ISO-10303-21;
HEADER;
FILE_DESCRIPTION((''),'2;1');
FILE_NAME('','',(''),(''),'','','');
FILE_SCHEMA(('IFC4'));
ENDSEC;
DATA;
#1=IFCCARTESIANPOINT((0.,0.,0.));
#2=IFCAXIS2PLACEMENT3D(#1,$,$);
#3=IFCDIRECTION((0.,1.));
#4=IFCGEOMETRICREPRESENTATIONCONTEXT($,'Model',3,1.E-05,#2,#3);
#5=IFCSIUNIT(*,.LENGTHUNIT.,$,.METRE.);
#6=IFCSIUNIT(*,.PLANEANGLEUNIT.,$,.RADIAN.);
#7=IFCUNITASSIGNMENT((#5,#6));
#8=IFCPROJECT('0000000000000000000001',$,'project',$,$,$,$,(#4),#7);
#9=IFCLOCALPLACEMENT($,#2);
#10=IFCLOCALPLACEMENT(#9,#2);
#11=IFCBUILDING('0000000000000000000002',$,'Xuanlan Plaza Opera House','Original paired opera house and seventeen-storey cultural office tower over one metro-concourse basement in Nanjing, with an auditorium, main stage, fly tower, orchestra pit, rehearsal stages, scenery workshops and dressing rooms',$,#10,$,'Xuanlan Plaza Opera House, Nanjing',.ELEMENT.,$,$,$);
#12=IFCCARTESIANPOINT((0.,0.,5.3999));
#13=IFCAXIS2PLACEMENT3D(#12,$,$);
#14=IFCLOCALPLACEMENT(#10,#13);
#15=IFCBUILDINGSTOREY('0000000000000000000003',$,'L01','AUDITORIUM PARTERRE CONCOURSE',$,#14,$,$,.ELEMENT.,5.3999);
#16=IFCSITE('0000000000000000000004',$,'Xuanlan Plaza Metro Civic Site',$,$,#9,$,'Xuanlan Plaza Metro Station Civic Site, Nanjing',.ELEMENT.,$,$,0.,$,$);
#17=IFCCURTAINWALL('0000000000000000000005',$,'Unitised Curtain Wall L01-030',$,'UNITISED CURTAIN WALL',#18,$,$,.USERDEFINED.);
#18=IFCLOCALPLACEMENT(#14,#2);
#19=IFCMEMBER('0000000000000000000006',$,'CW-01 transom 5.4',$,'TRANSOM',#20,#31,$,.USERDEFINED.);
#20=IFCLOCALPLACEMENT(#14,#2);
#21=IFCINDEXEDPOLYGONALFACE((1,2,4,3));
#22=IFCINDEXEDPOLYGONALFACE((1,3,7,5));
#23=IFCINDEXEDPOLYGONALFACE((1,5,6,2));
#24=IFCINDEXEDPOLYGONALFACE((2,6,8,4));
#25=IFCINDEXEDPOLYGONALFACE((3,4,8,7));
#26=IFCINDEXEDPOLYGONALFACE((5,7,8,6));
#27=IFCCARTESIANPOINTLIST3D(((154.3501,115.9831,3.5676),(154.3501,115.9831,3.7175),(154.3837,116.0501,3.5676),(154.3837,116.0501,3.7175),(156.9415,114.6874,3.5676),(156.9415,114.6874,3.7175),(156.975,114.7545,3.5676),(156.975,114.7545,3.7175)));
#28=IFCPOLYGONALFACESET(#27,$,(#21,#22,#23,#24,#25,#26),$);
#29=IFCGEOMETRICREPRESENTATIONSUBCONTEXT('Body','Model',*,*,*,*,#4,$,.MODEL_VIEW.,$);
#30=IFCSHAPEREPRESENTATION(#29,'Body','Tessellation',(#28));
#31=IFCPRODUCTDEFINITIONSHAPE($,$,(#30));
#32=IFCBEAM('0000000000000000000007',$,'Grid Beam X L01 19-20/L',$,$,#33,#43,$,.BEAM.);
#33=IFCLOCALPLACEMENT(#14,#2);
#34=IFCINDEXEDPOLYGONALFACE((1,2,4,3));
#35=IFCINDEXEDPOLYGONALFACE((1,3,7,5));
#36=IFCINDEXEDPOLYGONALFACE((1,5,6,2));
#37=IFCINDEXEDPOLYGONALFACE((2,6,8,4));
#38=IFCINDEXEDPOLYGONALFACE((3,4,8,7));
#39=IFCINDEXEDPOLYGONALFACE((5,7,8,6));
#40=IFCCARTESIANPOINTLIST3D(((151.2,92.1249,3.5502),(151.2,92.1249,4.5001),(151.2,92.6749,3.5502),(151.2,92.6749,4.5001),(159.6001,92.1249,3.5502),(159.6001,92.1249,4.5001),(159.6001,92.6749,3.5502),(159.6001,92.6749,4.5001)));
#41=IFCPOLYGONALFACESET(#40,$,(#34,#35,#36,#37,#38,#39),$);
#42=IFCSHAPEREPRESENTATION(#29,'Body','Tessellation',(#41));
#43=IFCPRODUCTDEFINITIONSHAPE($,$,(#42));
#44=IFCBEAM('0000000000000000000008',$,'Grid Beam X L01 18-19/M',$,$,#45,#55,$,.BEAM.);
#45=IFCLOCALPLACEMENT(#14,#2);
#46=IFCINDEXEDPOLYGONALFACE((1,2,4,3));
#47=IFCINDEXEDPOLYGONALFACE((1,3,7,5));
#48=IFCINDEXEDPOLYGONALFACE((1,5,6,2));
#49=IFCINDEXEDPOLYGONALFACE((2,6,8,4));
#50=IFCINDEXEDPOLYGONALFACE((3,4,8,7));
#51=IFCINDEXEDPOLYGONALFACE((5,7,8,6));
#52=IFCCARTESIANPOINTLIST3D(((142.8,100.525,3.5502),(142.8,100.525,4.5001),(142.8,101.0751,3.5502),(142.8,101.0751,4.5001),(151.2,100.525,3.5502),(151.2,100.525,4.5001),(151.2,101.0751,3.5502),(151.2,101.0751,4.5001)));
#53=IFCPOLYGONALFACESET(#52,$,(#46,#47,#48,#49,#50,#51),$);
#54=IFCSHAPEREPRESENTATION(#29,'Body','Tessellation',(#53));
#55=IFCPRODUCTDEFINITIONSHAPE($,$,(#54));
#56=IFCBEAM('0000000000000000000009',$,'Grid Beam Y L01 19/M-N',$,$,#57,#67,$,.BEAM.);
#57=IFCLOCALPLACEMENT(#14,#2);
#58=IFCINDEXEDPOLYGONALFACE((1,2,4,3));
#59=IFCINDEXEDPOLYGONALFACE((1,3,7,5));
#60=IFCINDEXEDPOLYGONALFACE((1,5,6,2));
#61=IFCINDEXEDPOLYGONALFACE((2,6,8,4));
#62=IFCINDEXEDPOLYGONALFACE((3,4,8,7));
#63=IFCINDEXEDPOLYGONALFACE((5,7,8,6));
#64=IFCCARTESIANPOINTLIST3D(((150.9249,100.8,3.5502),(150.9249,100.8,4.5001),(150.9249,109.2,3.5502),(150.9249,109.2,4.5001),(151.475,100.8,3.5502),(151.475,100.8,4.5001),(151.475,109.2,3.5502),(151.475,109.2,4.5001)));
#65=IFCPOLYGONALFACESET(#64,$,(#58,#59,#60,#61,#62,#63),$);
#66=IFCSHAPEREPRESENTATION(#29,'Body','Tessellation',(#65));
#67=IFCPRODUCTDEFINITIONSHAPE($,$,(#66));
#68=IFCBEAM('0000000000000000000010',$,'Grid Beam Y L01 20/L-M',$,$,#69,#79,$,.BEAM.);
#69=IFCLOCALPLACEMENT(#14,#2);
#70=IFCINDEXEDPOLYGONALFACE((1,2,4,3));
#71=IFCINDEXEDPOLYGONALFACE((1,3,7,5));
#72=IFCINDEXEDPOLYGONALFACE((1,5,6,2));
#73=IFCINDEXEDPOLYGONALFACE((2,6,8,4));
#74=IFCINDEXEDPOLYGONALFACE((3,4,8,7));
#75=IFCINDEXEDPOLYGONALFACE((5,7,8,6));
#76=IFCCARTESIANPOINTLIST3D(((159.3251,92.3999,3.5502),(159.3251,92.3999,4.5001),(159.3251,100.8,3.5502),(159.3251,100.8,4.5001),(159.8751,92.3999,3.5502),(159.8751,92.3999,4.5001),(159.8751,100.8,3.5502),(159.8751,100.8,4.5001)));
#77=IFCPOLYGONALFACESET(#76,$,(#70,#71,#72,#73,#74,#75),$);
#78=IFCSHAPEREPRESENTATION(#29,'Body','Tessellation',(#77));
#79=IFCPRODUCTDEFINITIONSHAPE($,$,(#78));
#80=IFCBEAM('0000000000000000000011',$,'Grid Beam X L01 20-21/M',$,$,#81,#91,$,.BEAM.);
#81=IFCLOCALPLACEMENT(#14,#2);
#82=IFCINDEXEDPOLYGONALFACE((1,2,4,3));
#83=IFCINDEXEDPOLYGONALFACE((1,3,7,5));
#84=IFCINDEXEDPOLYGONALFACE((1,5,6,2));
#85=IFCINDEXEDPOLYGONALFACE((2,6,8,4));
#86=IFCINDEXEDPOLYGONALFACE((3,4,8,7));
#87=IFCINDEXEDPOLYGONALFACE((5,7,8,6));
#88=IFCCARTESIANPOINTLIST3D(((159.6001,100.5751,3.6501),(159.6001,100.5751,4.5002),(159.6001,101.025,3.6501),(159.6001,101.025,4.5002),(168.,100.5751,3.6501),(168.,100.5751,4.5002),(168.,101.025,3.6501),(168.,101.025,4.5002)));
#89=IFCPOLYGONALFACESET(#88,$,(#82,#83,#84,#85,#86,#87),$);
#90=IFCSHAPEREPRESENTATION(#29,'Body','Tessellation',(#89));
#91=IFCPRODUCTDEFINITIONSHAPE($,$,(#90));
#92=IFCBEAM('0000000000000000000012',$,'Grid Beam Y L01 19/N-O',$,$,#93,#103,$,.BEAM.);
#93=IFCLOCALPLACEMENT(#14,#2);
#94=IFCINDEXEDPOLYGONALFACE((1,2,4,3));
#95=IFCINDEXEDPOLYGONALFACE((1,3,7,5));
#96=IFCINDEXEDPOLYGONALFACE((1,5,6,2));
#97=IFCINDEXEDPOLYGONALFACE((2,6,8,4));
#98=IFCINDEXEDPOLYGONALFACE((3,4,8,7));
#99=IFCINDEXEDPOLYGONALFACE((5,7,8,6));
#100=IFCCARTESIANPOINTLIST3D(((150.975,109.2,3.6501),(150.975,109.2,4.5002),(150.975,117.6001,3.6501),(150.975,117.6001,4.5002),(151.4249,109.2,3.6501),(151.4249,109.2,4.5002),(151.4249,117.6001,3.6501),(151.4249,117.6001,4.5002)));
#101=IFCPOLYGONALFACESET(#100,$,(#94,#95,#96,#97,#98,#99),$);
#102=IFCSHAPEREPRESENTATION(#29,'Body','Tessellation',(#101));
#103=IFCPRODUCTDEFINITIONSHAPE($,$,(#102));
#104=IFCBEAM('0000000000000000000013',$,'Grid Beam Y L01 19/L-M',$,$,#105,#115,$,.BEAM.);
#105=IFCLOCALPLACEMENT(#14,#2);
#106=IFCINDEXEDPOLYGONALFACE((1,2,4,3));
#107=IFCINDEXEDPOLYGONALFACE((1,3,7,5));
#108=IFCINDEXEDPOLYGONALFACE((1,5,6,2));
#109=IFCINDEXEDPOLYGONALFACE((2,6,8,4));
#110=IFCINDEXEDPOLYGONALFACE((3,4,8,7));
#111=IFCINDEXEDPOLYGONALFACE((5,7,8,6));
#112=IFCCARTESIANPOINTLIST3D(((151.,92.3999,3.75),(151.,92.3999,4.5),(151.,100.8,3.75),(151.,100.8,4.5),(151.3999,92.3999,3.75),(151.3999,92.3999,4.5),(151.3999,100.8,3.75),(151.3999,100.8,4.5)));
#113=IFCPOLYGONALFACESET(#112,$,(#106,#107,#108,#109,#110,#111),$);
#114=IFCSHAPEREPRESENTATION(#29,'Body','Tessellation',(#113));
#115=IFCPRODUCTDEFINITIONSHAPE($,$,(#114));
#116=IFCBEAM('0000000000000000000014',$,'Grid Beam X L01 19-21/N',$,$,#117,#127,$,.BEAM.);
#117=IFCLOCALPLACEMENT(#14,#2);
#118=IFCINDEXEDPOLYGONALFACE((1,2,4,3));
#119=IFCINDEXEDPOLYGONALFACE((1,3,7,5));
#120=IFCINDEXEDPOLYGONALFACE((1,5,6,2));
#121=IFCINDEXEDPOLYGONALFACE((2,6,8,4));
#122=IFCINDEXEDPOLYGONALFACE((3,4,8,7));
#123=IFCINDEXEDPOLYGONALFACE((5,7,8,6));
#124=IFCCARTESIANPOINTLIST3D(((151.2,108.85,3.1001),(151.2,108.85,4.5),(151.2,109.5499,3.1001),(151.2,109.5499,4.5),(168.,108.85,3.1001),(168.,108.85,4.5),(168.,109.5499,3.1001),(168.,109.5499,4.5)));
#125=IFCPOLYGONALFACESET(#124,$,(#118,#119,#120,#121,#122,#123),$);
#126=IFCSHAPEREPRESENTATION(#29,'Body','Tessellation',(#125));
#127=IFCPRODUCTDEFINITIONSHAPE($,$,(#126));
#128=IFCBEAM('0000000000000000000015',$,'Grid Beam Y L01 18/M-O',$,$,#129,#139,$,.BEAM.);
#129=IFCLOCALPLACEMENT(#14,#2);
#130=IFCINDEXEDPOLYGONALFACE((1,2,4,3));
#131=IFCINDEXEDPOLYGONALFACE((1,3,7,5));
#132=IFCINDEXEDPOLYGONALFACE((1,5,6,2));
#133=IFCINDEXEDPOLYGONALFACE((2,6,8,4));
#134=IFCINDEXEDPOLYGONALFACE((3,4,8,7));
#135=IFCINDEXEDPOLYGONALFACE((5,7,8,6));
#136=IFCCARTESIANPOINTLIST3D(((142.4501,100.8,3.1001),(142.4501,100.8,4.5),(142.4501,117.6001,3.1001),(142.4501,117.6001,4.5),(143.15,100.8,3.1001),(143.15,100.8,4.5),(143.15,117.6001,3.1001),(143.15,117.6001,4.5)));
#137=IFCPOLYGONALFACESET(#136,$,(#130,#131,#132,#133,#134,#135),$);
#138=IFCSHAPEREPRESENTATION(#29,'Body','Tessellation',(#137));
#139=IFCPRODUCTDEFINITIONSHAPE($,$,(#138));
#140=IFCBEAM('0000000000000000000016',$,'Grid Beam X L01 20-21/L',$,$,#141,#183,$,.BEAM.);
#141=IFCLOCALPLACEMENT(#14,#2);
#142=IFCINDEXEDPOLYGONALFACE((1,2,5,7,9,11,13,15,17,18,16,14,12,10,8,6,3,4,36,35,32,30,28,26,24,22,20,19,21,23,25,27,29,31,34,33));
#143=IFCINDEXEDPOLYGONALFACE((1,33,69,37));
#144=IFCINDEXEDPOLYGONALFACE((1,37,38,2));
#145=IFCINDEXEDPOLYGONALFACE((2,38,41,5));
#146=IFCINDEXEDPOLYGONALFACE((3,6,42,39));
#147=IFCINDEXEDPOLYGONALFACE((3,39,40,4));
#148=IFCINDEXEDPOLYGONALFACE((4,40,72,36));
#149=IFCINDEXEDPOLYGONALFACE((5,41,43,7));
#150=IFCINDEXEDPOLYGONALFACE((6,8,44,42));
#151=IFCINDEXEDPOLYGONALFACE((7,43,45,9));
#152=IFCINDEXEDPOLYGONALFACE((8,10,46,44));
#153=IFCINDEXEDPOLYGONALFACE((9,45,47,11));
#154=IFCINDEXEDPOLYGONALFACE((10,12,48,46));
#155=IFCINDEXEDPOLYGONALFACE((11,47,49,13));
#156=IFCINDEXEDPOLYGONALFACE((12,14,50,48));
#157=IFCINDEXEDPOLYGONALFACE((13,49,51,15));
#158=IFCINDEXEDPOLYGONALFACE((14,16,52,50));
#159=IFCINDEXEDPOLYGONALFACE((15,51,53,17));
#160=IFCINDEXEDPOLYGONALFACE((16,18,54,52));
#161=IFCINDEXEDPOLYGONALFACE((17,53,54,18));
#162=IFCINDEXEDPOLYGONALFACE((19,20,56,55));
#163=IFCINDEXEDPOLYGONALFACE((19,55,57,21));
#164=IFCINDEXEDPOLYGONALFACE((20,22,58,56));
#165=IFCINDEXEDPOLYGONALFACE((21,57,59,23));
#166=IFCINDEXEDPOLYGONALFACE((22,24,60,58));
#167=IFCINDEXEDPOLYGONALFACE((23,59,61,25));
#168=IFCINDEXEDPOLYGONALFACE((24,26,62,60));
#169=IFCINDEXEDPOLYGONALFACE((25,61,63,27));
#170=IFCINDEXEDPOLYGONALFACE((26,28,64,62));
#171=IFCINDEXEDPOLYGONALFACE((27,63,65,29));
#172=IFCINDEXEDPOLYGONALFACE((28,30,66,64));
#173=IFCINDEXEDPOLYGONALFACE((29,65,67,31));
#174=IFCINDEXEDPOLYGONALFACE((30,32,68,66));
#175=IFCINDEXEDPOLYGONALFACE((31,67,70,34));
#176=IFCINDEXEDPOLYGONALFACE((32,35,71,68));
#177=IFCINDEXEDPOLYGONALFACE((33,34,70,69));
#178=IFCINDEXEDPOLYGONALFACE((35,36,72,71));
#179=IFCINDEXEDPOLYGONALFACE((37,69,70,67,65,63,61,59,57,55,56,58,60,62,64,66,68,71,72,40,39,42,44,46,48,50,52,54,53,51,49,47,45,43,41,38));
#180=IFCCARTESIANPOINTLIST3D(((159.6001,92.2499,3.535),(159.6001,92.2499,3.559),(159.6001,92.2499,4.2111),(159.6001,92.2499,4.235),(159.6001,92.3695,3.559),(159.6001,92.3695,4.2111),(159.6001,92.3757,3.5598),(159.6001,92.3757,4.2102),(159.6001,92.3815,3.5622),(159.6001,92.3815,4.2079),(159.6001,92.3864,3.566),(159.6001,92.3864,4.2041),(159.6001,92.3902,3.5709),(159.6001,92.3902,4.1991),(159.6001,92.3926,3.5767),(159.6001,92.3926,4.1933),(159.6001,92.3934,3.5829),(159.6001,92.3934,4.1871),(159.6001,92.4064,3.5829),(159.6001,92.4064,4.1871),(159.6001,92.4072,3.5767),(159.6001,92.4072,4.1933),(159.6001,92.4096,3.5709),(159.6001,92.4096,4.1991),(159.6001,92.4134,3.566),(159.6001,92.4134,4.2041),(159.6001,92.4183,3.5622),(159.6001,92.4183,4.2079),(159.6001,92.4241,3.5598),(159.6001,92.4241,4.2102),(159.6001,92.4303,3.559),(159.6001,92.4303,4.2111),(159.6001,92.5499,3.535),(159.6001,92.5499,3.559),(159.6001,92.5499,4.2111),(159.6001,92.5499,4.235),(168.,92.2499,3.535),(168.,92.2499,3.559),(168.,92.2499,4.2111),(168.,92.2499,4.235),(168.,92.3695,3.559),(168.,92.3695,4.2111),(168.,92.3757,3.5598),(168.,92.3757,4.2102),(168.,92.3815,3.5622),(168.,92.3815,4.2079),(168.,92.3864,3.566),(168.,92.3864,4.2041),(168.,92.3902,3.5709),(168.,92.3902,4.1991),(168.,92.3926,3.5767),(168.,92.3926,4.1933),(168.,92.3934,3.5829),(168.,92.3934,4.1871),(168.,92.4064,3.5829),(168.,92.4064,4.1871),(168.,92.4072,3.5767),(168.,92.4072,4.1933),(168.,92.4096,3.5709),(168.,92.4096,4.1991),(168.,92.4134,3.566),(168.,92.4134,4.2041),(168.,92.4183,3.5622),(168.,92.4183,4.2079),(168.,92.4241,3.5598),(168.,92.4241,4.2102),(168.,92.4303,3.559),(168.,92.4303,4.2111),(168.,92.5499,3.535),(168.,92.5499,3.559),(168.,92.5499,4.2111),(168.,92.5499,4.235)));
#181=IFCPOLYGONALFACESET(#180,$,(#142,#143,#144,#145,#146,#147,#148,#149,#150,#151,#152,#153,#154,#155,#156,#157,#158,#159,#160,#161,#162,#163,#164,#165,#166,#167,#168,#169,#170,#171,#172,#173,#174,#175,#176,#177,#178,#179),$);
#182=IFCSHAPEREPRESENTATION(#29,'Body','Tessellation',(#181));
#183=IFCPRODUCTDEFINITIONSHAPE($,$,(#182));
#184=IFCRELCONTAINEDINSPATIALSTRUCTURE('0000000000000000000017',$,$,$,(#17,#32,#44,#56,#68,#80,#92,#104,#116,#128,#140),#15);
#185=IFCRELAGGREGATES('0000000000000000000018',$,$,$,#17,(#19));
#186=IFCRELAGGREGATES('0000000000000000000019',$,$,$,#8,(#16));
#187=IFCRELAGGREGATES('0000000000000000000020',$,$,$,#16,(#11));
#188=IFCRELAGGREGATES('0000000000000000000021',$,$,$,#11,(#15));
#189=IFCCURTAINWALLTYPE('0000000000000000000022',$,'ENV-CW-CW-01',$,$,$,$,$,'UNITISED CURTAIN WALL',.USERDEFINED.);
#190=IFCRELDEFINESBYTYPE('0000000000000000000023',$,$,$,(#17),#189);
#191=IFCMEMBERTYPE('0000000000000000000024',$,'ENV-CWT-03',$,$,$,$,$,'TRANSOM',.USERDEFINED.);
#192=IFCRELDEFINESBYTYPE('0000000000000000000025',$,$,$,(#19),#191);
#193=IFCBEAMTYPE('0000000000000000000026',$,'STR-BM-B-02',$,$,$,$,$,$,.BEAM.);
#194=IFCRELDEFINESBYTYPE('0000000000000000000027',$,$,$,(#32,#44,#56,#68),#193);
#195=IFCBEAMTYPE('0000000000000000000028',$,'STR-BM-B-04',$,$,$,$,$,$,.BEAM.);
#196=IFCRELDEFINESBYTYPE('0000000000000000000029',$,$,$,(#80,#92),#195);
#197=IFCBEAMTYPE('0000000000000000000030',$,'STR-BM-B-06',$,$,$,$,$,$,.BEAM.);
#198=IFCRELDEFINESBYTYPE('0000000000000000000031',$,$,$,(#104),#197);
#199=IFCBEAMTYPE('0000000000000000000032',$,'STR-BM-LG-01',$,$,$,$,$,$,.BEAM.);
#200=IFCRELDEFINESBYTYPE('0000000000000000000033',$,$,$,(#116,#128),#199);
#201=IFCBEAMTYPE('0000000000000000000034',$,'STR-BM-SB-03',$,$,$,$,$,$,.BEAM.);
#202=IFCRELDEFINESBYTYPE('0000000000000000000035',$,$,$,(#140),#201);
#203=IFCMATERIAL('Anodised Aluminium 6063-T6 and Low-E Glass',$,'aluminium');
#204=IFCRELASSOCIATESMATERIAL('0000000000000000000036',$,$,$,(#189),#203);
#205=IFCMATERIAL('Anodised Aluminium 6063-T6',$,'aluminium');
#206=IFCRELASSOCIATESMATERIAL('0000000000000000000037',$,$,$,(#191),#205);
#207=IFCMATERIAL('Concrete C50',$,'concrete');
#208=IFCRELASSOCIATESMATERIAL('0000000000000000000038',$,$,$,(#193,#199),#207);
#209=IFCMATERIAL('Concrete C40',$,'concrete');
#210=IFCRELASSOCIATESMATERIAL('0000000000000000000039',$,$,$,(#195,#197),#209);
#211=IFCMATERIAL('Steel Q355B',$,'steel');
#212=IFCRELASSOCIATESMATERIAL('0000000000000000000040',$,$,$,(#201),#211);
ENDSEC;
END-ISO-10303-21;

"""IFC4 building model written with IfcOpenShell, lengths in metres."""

from ifc_helpers import new_model, si_unit, direction, frame, origin, origin_2d, place, context, subcontext, project, spatial, rectangle, i_section, extrude, material, material_profile, profile_set, type_object, element, aggregate, save


model = new_model("IFC4")

# Units and contexts
model_context = context("Model", 3, precision=1e-05, world=origin(), true_north=direction((0.0, 1.0)))
body_context = subcontext(model_context, "Body", "Model", "MODEL_VIEW")
ifc_project = project(units=[si_unit("LENGTHUNIT", "METRE"), si_unit("PLANEANGLEUNIT", "RADIAN")], contexts=[model_context])

# Site, building, storey
site_placement = place(None, origin())
site = spatial("IfcSite", under=ifc_project, at=site_placement, Name="Xuanlan Plaza Metro Civic Site", LongName="Xuanlan Plaza Metro Station Civic Site, Nanjing", CompositionType="ELEMENT", RefElevation=0.0)
building_placement = place(site_placement, origin())
building = spatial("IfcBuilding", under=site, at=building_placement, Name="Xuanlan Plaza Opera House", Description="Original paired opera house and seventeen-storey cultural office tower over one metro-concourse basement in Nanjing, with an auditorium, main stage, fly tower, orchestra pit, rehearsal stages, scenery workshops and dressing rooms", LongName="Xuanlan Plaza Opera House, Nanjing", CompositionType="ELEMENT")
storey_placement = place(building_placement, frame((0.0, 0.0, 5.3999)))
storey = spatial("IfcBuildingStorey", under=building, at=storey_placement, Name="L01", Description="AUDITORIUM PARTERRE CONCOURSE", CompositionType="ELEMENT", Elevation=5.3999)

# Shared definitions
ifc_material_1 = material(Name="Concrete C40", Category="concrete")

# Curtain wall, member
ifc_material_2 = material(Name="Anodised Aluminium 6063-T6 and Low-E Glass", Category="aluminium")
curtain_wall_type = type_object("IfcCurtainWallType", Name="ENV-CW-CW-01", ElementType="UNITISED CURTAIN WALL", PredefinedType="USERDEFINED", material=ifc_material_2)
curtain_wall_placement = place(storey_placement, origin())
curtain_wall = element("IfcCurtainWall", 1, at=curtain_wall_placement, inside=storey, type_object=curtain_wall_type, Name="Unitised Curtain Wall L01-030", ObjectType="UNITISED CURTAIN WALL", PredefinedType="USERDEFINED")
ifc_material_3 = material(Name="Anodised Aluminium 6063-T6", Category="aluminium")
ifc_material_profile_1 = material_profile(ifc_material_3, rectangle(XDim=0.075, YDim=0.1499, at=origin_2d()), Name="ALU-T 75x150")
ifc_profile_set_1 = profile_set([ifc_material_profile_1], Name="Anodised Aluminium 6063-T6")
member_type_1 = type_object("IfcMemberType", Name="ENV-CWT-03", ElementType="TRANSOM", PredefinedType="USERDEFINED", material=ifc_profile_set_1)
member_1_placement = place(storey_placement, frame((156.9583, 114.7209, 3.6426), z_axis=(-0.894427, 0.447214, 0.0), x_axis=(-0.447214, -0.894427, 0.0)))
member_1 = element("IfcMember", 2, at=member_1_placement, type_object=member_type_1, Name="CW-01 transom 5.4", ObjectType="TRANSOM", PredefinedType="USERDEFINED", context=body_context, shape_type="SweptSolid", body=[
    extrude(rectangle(XDim=0.075, YDim=0.1499, at=origin_2d()), origin(), (0.0, 0.0, 1.0), 2.8972),
])

# Beams
ifc_material_4 = material(Name="Concrete C50", Category="concrete")
ifc_material_profile_2 = material_profile(ifc_material_4, rectangle(XDim=0.55, YDim=0.95, at=origin_2d()), Name="RC-BM 550x950")
ifc_profile_set_2 = profile_set([ifc_material_profile_2], Name="Concrete C50")
beam_type_1 = type_object("IfcBeamType", Name="STR-BM-B-02", PredefinedType="BEAM", material=ifc_profile_set_2)
beam_1_placement = place(storey_placement, frame((151.2, 92.3999, 4.0251), z_axis=(1.0, 0.0, 0.0), x_axis=(0.0, 1.0, 0.0)))
element("IfcBeam", 3, at=beam_1_placement, inside=storey, type_object=beam_type_1, Name="Grid Beam X L01 19-20/L", PredefinedType="BEAM", context=body_context, shape_type="SweptSolid", body=[
    extrude(rectangle(XDim=0.55, YDim=0.95, at=origin_2d()), origin(), (0.0, 0.0, 1.0), 8.4001),
])
for number, where, z_axis, x_axis, name in (
    (4, (142.8, 100.8, 4.0251), (1.0, 0.0, 0.0), (0.0, 1.0, 0.0), "Grid Beam X L01 18-19/M"),
    (5, (151.2, 100.8, 4.0251), (0.0, 1.0, 0.0), (-1.0, 0.0, 0.0), "Grid Beam Y L01 19/M-N"),
):
    element("IfcBeam", number, at=place(storey_placement, frame(where, z_axis=z_axis, x_axis=x_axis)), inside=storey, type_object=beam_type_1, Name=name, PredefinedType="BEAM", context=body_context, shape_type="SweptSolid", body=[
        extrude(rectangle(XDim=0.55, YDim=0.95, at=origin_2d()), origin(), (0.0, 0.0, 1.0), 8.3999),
    ])
beam_2_placement = place(storey_placement, frame((159.6001, 92.3999, 4.0251), z_axis=(0.0, 1.0, 0.0), x_axis=(-1.0, 0.0, 0.0)))
element("IfcBeam", 6, at=beam_2_placement, inside=storey, type_object=beam_type_1, Name="Grid Beam Y L01 20/L-M", PredefinedType="BEAM", context=body_context, shape_type="SweptSolid", body=[
    extrude(rectangle(XDim=0.55, YDim=0.95, at=origin_2d()), origin(), (0.0, 0.0, 1.0), 8.4001),
])
ifc_material_profile_3 = material_profile(ifc_material_1, rectangle(XDim=0.45, YDim=0.8501, at=origin_2d()), Name="RC-BM 450x850")
ifc_profile_set_3 = profile_set([ifc_material_profile_3], Name="Concrete C40")
beam_type_2 = type_object("IfcBeamType", Name="STR-BM-B-04", PredefinedType="BEAM", material=ifc_profile_set_3)
beam_3_placement = place(storey_placement, frame((159.6001, 100.8, 4.0752), z_axis=(1.0, 0.0, 0.0), x_axis=(0.0, 1.0, 0.0)))
element("IfcBeam", 7, at=beam_3_placement, inside=storey, type_object=beam_type_2, Name="Grid Beam X L01 20-21/M", PredefinedType="BEAM", context=body_context, shape_type="SweptSolid", body=[
    extrude(rectangle(XDim=0.45, YDim=0.8501, at=origin_2d()), origin(), (0.0, 0.0, 1.0), 8.3999),
])
beam_4_placement = place(storey_placement, frame((151.2, 109.2, 4.0752), z_axis=(0.0, 1.0, 0.0), x_axis=(-1.0, 0.0, 0.0)))
element("IfcBeam", 8, at=beam_4_placement, inside=storey, type_object=beam_type_2, Name="Grid Beam Y L01 19/N-O", PredefinedType="BEAM", context=body_context, shape_type="SweptSolid", body=[
    extrude(rectangle(XDim=0.45, YDim=0.8501, at=origin_2d()), origin(), (0.0, 0.0, 1.0), 8.4001),
])
ifc_material_profile_4 = material_profile(ifc_material_1, rectangle(XDim=0.3999, YDim=0.75, at=origin_2d()), Name="RC-BM 400x750")
ifc_profile_set_4 = profile_set([ifc_material_profile_4], Name="Concrete C40")
beam_type_3 = type_object("IfcBeamType", Name="STR-BM-B-06", PredefinedType="BEAM", material=ifc_profile_set_4)
beam_5_placement = place(storey_placement, frame((151.2, 92.3999, 4.125), z_axis=(0.0, 1.0, 0.0), x_axis=(-1.0, 0.0, 0.0)))
element("IfcBeam", 9, at=beam_5_placement, inside=storey, type_object=beam_type_3, Name="Grid Beam Y L01 19/L-M", PredefinedType="BEAM", context=body_context, shape_type="SweptSolid", body=[
    extrude(rectangle(XDim=0.3999, YDim=0.75, at=origin_2d()), origin(), (0.0, 0.0, 1.0), 8.4001),
])
ifc_material_profile_5 = material_profile(ifc_material_4, rectangle(XDim=0.7, YDim=1.3999, at=origin_2d()), Name="RC-LG 700x1400")
ifc_profile_set_5 = profile_set([ifc_material_profile_5], Name="Concrete C50")
beam_type_4 = type_object("IfcBeamType", Name="STR-BM-LG-01", PredefinedType="BEAM", material=ifc_profile_set_5)
for number, where, z_axis, x_axis, name in (
    (10, (151.2, 109.2, 3.8), (1.0, 0.0, 0.0), (0.0, 1.0, 0.0), "Grid Beam X L01 19-21/N"),
    (11, (142.8, 100.8, 3.8), (0.0, 1.0, 0.0), (-1.0, 0.0, 0.0), "Grid Beam Y L01 18/M-O"),
):
    element("IfcBeam", number, at=place(storey_placement, frame(where, z_axis=z_axis, x_axis=x_axis)), inside=storey, type_object=beam_type_4, Name=name, PredefinedType="BEAM", context=body_context, shape_type="SweptSolid", body=[
        extrude(rectangle(XDim=0.7, YDim=1.3999, at=origin_2d()), origin(), (0.0, 0.0, 1.0), 16.8),
    ])
ifc_material_5 = material(Name="Steel Q355B", Category="steel")
ifc_material_profile_6 = material_profile(ifc_material_5, i_section(OverallWidth=0.3, OverallDepth=0.7, WebThickness=0.0129, FlangeThickness=0.0239, FilletRadius=0.0239, at=origin_2d()), Name="HN 700x300x13x24")
ifc_profile_set_6 = profile_set([ifc_material_profile_6], Name="Steel Q355B")
beam_type_5 = type_object("IfcBeamType", Name="STR-BM-SB-03", PredefinedType="BEAM", material=ifc_profile_set_6)
beam_6_placement = place(storey_placement, frame((159.6001, 92.3999, 3.885), z_axis=(1.0, 0.0, 0.0), x_axis=(0.0, 1.0, 0.0)))
element("IfcBeam", 12, at=beam_6_placement, inside=storey, type_object=beam_type_5, Name="Grid Beam X L01 20-21/L", PredefinedType="BEAM", context=body_context, shape_type="SweptSolid", body=[
    extrude(i_section(OverallWidth=0.3, OverallDepth=0.7, WebThickness=0.0129, FlangeThickness=0.0239, FilletRadius=0.0239, at=origin_2d()), origin(), (0.0, 0.0, 1.0), 8.3999),
])

aggregate(curtain_wall, [member_1])

save(model, "model.ifc")
